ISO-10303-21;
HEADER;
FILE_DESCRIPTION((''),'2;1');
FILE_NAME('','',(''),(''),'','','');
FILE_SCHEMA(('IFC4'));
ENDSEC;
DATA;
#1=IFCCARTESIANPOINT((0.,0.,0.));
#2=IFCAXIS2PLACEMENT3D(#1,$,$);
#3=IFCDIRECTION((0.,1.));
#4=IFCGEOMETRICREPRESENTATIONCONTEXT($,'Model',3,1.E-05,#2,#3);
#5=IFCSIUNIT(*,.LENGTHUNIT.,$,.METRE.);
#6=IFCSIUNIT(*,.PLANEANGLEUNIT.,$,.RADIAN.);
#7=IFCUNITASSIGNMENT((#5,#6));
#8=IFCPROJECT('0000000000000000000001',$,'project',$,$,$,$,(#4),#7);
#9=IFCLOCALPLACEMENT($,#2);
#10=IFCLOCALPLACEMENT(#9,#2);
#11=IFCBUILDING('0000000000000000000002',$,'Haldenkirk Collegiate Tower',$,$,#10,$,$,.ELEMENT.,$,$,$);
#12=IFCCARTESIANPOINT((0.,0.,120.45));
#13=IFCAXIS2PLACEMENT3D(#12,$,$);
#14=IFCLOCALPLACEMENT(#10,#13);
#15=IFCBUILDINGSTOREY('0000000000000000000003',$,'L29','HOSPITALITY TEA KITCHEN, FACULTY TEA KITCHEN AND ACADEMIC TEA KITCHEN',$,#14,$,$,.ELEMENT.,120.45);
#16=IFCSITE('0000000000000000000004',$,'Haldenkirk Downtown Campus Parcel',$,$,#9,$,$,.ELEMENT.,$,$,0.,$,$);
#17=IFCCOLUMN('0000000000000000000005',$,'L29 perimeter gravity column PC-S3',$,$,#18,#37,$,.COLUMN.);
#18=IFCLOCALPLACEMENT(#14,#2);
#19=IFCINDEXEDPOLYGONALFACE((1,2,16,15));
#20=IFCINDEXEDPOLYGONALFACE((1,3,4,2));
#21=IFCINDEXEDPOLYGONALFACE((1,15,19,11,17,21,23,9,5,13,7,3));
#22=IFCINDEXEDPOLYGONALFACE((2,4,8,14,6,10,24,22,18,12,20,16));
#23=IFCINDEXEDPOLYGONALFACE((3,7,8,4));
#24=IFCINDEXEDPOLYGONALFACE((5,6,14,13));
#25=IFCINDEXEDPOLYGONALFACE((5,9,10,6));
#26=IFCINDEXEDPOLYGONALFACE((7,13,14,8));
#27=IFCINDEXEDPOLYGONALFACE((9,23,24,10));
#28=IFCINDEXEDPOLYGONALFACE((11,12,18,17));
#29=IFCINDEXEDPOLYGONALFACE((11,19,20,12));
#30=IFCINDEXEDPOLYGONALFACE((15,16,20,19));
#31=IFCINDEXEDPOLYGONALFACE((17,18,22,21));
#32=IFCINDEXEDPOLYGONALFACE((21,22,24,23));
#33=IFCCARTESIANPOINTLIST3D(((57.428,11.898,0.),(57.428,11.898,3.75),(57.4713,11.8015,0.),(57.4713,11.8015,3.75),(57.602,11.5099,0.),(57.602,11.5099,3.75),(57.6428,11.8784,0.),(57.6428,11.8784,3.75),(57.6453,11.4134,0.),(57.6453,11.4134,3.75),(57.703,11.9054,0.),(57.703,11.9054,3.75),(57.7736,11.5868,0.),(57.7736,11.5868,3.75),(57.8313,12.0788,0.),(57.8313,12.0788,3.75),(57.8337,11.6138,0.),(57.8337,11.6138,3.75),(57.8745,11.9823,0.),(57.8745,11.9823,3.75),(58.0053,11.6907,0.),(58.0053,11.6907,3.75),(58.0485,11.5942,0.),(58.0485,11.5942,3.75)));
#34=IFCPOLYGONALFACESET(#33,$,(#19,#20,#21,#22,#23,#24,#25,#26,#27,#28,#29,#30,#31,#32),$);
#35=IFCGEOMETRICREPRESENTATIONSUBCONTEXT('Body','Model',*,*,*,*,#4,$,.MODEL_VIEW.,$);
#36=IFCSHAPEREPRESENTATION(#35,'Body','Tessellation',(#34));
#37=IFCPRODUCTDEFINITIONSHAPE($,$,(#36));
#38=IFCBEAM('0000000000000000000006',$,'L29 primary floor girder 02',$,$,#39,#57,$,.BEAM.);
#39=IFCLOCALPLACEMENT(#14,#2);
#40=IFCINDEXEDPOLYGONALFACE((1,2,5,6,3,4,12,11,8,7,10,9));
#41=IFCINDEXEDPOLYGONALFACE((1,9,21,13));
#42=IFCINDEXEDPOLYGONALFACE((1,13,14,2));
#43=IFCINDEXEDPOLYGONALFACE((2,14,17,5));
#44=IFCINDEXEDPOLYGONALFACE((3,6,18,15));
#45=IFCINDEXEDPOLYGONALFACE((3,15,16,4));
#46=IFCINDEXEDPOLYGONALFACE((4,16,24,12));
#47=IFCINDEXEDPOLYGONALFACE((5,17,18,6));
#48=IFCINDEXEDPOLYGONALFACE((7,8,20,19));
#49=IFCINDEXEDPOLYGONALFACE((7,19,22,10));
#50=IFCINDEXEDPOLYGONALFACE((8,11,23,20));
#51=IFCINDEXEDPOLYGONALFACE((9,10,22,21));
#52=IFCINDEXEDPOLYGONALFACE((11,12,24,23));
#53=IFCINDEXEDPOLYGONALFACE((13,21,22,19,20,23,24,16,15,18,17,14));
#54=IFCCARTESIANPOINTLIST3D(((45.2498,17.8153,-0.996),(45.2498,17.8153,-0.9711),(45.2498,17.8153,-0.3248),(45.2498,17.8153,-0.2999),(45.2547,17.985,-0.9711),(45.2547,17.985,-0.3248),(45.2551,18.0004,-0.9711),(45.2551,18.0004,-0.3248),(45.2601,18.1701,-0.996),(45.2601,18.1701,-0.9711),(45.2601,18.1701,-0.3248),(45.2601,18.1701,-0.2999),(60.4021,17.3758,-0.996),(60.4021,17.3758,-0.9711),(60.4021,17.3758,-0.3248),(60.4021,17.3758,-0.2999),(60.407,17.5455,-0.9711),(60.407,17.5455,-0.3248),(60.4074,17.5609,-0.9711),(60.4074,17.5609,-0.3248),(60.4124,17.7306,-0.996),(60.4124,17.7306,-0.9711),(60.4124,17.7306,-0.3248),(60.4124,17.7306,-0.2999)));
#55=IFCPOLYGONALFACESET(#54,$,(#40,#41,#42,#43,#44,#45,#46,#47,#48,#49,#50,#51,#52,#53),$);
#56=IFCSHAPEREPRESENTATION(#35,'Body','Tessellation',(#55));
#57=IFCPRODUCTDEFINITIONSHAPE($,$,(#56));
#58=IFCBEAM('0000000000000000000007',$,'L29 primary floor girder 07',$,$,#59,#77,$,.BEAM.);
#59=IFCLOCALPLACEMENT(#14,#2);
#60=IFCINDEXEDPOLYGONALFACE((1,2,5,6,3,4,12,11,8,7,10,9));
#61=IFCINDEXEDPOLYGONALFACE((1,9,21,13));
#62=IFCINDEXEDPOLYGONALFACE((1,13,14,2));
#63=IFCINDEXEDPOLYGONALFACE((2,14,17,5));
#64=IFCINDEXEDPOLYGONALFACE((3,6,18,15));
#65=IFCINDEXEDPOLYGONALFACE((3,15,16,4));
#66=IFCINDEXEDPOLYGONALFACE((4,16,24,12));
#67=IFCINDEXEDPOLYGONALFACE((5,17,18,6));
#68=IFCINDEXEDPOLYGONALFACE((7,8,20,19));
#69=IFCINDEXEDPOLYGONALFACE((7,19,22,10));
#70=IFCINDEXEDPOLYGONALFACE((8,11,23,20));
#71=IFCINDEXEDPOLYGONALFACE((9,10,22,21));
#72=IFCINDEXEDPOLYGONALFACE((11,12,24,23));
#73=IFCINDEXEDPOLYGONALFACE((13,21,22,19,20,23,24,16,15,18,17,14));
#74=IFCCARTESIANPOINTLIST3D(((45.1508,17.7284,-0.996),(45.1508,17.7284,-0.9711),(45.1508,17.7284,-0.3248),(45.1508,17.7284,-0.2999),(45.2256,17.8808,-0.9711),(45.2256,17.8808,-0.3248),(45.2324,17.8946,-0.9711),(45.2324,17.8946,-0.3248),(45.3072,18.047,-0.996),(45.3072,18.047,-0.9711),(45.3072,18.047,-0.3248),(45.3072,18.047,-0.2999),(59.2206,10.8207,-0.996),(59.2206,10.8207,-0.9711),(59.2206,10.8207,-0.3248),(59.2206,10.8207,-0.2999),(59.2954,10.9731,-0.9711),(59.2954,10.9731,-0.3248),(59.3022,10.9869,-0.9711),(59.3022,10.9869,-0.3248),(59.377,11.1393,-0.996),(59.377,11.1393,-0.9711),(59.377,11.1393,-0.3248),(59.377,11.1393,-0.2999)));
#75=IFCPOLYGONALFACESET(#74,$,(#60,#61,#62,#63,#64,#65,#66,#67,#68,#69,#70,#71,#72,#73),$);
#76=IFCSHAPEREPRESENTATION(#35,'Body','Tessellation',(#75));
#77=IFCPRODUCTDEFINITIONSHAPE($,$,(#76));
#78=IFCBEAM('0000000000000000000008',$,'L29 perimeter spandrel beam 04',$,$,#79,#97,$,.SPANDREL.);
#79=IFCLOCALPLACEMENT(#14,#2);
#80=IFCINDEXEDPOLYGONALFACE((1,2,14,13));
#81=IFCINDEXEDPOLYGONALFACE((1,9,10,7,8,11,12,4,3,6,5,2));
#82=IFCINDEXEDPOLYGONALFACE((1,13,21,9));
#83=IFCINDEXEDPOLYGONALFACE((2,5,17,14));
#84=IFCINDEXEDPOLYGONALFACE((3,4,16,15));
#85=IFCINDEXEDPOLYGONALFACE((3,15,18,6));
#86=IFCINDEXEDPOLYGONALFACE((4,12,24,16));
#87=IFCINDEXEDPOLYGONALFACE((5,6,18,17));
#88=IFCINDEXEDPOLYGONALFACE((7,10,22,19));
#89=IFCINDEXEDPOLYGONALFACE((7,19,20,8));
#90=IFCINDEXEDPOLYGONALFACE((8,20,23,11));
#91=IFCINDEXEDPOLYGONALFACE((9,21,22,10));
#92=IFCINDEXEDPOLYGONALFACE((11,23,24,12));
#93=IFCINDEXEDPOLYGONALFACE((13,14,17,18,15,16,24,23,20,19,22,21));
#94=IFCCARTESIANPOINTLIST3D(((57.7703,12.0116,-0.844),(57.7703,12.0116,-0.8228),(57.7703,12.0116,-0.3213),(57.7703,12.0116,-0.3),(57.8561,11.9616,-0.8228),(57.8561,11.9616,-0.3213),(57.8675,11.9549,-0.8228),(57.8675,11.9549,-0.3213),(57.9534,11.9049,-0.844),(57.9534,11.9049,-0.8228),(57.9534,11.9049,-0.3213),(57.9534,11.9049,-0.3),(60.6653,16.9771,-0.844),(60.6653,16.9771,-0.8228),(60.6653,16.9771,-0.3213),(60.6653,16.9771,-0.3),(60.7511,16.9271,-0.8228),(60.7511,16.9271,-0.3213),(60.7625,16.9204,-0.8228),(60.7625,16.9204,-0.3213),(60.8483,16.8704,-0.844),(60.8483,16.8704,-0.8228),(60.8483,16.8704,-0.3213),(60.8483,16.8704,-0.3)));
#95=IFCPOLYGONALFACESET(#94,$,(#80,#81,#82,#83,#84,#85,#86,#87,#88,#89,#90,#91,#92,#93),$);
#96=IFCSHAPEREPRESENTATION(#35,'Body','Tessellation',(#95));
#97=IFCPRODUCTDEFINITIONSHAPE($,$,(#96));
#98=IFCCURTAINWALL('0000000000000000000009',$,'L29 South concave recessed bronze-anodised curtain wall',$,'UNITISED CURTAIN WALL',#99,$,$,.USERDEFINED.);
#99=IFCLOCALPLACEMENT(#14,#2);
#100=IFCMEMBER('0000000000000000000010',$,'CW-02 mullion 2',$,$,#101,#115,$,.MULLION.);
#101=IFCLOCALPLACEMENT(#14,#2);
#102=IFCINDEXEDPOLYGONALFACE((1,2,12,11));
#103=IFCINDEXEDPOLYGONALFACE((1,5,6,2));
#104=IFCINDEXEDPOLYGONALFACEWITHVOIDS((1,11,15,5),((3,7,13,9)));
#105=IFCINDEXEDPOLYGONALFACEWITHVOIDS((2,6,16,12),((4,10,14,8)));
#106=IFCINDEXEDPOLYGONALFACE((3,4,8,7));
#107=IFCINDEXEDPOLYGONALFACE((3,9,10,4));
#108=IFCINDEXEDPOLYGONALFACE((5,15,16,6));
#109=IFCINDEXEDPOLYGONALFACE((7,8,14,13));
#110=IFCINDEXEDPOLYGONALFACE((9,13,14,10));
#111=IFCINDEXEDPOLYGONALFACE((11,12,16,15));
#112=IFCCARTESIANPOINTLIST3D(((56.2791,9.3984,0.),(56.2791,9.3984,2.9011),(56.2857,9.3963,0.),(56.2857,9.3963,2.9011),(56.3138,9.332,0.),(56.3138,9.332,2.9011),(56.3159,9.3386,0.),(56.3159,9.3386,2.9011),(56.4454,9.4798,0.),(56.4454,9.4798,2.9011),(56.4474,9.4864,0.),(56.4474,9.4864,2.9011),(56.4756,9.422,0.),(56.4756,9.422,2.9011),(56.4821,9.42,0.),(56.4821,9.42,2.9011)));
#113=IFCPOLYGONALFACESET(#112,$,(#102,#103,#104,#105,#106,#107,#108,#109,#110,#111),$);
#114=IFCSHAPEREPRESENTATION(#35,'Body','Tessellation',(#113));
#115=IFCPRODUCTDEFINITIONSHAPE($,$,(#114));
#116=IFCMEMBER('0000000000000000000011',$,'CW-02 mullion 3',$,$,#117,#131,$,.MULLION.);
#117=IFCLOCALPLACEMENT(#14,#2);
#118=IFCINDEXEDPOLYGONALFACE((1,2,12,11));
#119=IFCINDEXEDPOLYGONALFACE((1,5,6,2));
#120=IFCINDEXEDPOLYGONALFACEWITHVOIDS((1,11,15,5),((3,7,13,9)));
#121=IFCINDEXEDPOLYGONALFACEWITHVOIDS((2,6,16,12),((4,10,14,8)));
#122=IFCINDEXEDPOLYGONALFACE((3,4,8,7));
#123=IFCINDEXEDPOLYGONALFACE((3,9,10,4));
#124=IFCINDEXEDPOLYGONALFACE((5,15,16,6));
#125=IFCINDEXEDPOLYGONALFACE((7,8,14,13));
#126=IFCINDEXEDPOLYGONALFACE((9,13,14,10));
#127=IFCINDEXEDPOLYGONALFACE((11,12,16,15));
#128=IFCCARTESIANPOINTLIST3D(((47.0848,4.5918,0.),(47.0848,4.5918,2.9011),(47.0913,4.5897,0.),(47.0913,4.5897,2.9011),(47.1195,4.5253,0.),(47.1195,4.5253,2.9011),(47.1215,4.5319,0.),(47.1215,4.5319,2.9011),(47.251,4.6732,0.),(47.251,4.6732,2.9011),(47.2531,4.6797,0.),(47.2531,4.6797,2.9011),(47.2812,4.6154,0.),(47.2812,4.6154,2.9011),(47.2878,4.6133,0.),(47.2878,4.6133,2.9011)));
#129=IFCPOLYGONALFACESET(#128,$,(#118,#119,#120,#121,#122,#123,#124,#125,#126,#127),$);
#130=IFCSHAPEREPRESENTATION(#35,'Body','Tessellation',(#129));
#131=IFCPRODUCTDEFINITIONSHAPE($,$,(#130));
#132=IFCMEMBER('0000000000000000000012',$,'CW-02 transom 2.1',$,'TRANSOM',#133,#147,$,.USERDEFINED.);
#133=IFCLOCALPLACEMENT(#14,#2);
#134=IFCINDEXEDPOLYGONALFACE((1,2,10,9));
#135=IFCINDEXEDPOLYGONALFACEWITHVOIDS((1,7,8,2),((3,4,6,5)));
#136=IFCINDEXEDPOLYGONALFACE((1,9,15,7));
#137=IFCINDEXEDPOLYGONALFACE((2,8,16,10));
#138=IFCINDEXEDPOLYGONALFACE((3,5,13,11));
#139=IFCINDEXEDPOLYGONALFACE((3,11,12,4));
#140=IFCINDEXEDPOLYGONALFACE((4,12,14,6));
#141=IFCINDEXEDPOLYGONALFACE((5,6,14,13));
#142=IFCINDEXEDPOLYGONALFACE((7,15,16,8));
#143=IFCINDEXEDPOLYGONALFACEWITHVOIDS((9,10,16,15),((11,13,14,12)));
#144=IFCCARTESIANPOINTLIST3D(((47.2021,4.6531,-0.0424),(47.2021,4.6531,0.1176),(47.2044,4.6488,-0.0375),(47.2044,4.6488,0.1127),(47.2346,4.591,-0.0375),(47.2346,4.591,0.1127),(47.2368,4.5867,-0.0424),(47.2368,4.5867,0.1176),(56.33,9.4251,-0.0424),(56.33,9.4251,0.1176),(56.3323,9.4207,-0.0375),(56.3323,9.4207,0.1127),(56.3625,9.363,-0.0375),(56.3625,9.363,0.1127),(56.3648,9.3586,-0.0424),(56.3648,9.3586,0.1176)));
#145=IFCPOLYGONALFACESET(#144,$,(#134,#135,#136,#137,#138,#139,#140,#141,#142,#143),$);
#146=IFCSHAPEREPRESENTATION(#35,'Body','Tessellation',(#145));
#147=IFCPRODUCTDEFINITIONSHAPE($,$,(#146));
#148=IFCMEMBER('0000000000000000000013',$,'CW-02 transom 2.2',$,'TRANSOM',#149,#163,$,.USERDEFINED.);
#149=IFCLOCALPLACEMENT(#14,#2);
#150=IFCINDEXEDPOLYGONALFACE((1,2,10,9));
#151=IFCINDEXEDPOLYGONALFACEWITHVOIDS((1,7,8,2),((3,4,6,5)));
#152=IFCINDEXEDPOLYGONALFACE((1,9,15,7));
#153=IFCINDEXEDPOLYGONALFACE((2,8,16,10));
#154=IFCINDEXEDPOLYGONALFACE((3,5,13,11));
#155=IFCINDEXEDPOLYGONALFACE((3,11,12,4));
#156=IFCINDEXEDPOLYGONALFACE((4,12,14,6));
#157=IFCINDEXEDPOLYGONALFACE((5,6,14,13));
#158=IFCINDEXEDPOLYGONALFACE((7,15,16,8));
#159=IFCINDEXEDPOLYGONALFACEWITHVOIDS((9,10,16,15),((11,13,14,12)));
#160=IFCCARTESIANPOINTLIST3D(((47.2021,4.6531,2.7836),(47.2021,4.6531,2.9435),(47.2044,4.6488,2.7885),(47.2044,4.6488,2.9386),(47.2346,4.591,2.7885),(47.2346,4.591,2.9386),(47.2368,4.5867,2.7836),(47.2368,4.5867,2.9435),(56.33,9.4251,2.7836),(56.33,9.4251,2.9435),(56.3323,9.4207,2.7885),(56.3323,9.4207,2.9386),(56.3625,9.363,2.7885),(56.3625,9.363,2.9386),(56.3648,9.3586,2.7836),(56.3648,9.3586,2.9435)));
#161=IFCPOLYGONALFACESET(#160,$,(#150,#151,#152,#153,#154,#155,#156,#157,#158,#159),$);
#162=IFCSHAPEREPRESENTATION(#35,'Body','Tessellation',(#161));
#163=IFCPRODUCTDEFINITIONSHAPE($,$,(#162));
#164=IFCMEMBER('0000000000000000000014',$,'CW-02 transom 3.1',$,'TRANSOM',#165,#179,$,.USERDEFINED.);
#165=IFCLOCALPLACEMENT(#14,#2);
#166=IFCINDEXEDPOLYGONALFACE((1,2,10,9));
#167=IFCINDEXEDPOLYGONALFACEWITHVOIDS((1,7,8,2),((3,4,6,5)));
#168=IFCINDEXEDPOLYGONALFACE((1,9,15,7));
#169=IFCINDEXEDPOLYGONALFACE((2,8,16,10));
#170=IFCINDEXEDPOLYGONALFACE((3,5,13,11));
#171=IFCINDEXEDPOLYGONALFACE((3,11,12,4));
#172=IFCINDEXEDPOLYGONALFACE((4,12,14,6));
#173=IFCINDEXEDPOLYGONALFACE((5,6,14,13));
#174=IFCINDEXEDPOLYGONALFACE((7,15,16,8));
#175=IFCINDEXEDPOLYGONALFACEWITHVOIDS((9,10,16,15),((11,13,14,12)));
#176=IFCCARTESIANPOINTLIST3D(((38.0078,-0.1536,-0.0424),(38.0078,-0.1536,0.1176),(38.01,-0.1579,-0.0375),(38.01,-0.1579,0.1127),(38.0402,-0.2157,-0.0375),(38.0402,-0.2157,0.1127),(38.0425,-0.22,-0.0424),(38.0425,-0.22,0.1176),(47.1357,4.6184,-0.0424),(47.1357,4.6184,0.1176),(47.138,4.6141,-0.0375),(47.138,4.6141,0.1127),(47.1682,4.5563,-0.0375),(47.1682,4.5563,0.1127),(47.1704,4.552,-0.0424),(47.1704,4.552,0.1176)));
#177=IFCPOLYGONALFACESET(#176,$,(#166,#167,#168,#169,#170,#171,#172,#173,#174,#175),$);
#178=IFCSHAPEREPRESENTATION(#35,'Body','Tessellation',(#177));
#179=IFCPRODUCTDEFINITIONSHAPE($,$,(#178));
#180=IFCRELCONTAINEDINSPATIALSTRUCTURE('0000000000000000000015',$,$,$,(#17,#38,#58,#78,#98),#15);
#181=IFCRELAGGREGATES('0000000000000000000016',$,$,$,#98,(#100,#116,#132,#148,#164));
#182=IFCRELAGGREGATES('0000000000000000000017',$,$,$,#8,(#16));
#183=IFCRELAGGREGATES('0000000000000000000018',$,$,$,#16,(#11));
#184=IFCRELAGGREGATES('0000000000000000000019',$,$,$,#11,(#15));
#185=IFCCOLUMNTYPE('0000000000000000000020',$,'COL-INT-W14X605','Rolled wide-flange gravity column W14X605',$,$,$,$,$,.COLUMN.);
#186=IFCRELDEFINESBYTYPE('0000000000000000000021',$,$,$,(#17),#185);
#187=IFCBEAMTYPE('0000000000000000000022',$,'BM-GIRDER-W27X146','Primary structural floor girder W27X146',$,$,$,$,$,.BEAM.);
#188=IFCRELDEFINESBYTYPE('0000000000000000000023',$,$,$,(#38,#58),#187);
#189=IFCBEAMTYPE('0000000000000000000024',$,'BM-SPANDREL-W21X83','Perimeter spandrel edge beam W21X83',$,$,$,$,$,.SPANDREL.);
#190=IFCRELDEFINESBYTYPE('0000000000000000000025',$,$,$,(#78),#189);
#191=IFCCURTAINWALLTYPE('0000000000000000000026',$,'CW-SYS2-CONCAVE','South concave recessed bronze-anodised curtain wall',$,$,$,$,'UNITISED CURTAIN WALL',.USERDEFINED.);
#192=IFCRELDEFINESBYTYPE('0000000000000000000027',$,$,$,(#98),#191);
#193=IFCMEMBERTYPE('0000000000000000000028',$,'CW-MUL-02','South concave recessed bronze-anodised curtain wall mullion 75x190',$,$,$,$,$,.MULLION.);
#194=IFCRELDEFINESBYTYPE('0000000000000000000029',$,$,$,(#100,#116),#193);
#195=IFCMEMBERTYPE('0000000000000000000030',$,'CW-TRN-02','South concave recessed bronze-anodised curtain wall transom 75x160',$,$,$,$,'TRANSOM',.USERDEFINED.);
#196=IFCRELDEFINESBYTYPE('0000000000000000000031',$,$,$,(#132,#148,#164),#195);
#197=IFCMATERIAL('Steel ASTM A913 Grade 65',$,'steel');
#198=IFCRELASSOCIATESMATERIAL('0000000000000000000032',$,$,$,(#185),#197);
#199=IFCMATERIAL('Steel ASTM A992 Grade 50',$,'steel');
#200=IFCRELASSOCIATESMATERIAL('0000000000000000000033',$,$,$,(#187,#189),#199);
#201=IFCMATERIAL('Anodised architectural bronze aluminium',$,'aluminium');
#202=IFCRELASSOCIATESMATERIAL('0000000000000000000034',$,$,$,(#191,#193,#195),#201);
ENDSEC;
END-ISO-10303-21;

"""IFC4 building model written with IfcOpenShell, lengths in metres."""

from ifc_helpers import new_model, si_unit, direction, frame, origin, origin_2d, place, context, subcontext, project, spatial, hollow_rectangle, i_section, extrude, material, material_profile, profile_set, type_object, element, aggregate, save


model = new_model("IFC4")

# Units and contexts
model_context = context("Model", 3, precision=1e-05, world=origin(), true_north=direction((0.0, 1.0)))
body_context = subcontext(model_context, "Body", "Model", "MODEL_VIEW")
ifc_project = project(units=[si_unit("LENGTHUNIT", "METRE"), si_unit("PLANEANGLEUNIT", "RADIAN")], contexts=[model_context])

# Site, building, storey
site_placement = place(None, origin())
site = spatial("IfcSite", under=ifc_project, at=site_placement, Name="Haldenkirk Downtown Campus Parcel", CompositionType="ELEMENT", RefElevation=0.0)
building_placement = place(site_placement, origin())
building = spatial("IfcBuilding", under=site, at=building_placement, Name="Haldenkirk Collegiate Tower", CompositionType="ELEMENT")
storey_placement = place(building_placement, frame((0.0, 0.0, 120.45)))
storey = spatial("IfcBuildingStorey", under=building, at=storey_placement, Name="L29", Description="HOSPITALITY TEA KITCHEN, FACULTY TEA KITCHEN AND ACADEMIC TEA KITCHEN", CompositionType="ELEMENT", Elevation=120.45)

# Column
ifc_material_1 = material(Name="Steel ASTM A913 Grade 65", Category="steel")
ifc_material_profile_1 = material_profile(ifc_material_1, i_section(OverallWidth=0.4419, OverallDepth=0.531, WebThickness=0.0659, FlangeThickness=0.1057, at=origin_2d()), Name="W14X605")
ifc_profile_set_1 = profile_set([ifc_material_profile_1], Name="Steel ASTM A913 Grade 65")
column_type = type_object("IfcColumnType", Name="COL-INT-W14X605", Description="Rolled wide-flange gravity column W14X605", PredefinedType="COLUMN", material=ifc_profile_set_1)
column_placement = place(storey_placement, frame((57.7383, 11.7461, 0.0), z_axis=(0.0, 0.0, 1.0), x_axis=(0.912477, 0.409127, 0.0)))
element("IfcColumn", 1, at=column_placement, inside=storey, type_object=column_type, Name="L29 perimeter gravity column PC-S3", PredefinedType="COLUMN", context=body_context, shape_type="SweptSolid", body=[
    extrude(i_section(OverallWidth=0.4419, OverallDepth=0.531, WebThickness=0.0659, FlangeThickness=0.1057, at=origin_2d()), origin(), (0.0, 0.0, 1.0), 3.75),
])

# Beams
ifc_material_2 = material(Name="Steel ASTM A992 Grade 50", Category="steel")
ifc_material_profile_2 = material_profile(ifc_material_2, i_section(OverallWidth=0.355, OverallDepth=0.696, WebThickness=0.0154, FlangeThickness=0.0249, at=origin_2d()), Name="W27X146")
ifc_profile_set_2 = profile_set([ifc_material_profile_2], Name="Steel ASTM A992 Grade 50")
beam_type_1 = type_object("IfcBeamType", Name="BM-GIRDER-W27X146", Description="Primary structural floor girder W27X146", PredefinedType="BEAM", material=ifc_profile_set_2)
beam_1_placement = place(storey_placement, frame((60.4072, 17.5532, -0.6479), z_axis=(-0.99958, 0.02899, 0.0), x_axis=(-0.02899, -0.99958, 0.0)))
element("IfcBeam", 2, at=beam_1_placement, inside=storey, type_object=beam_type_1, Name="L29 primary floor girder 02", PredefinedType="BEAM", context=body_context, shape_type="SweptSolid", body=[
    extrude(i_section(OverallWidth=0.355, OverallDepth=0.696, WebThickness=0.0154, FlangeThickness=0.0249, at=origin_2d()), origin(), (0.0, 0.0, 1.0), 15.1587),
])
beam_2_placement = place(storey_placement, frame((59.2988, 10.98, -0.6479), z_axis=(-0.89765, 0.44071, 0.0), x_axis=(-0.44071, -0.89765, 0.0)))
element("IfcBeam", 3, at=beam_2_placement, inside=storey, type_object=beam_type_1, Name="L29 primary floor girder 07", PredefinedType="BEAM", context=body_context, shape_type="SweptSolid", body=[
    extrude(i_section(OverallWidth=0.355, OverallDepth=0.696, WebThickness=0.0154, FlangeThickness=0.0249, at=origin_2d()), origin(), (0.0, 0.0, 1.0), 15.6741),
])
ifc_material_profile_3 = material_profile(ifc_material_2, i_section(OverallWidth=0.2119, OverallDepth=0.5439, WebThickness=0.0132, FlangeThickness=0.0212, at=origin_2d()), Name="W21X83")
ifc_profile_set_3 = profile_set([ifc_material_profile_3], Name="Steel ASTM A992 Grade 50")
beam_type_2 = type_object("IfcBeamType", Name="BM-SPANDREL-W21X83", Description="Perimeter spandrel edge beam W21X83", PredefinedType="SPANDREL", material=ifc_profile_set_3)
beam_3_placement = place(storey_placement, frame((57.8618, 11.9583, -0.572), z_axis=(0.503668, 0.863897, 0.0), x_axis=(-0.863897, 0.503668, 0.0)))
element("IfcBeam", 4, at=beam_3_placement, inside=storey, type_object=beam_type_2, Name="L29 perimeter spandrel beam 04", PredefinedType="SPANDREL", context=body_context, shape_type="SweptSolid", body=[
    extrude(i_section(OverallWidth=0.2119, OverallDepth=0.5439, WebThickness=0.0132, FlangeThickness=0.0212, at=origin_2d()), origin(), (0.0, 0.0, 1.0), 5.7478),
])

# Curtain wall, members
ifc_material_3 = material(Name="Anodised architectural bronze aluminium", Category="aluminium")
curtain_wall_type = type_object("IfcCurtainWallType", Name="CW-SYS2-CONCAVE", Description="South concave recessed bronze-anodised curtain wall", ElementType="UNITISED CURTAIN WALL", PredefinedType="USERDEFINED", material=ifc_material_3)
curtain_wall_placement = place(storey_placement, origin())
curtain_wall = element("IfcCurtainWall", 5, at=curtain_wall_placement, inside=storey, type_object=curtain_wall_type, Name="L29 South concave recessed bronze-anodised curtain wall", ObjectType="UNITISED CURTAIN WALL", PredefinedType="USERDEFINED")
ifc_material_profile_4 = material_profile(ifc_material_3, hollow_rectangle(XDim=0.075, YDim=0.1899, WallThickness=0.0049, at=origin_2d()), Name="CW-MUL-02")
ifc_profile_set_4 = profile_set([ifc_material_profile_4], Name="Anodised architectural bronze aluminium")
member_type_1 = type_object("IfcMemberType", Name="CW-MUL-02", Description="South concave recessed bronze-anodised curtain wall mullion 75x190", PredefinedType="MULLION", material=ifc_profile_set_4)
member_1_placement = place(storey_placement, frame((56.3806, 9.4092, 0.0), z_axis=(0.0, 0.0, 1.0), x_axis=(0.463297, -0.886203, 0.0)))
member_1 = element("IfcMember", 6, at=member_1_placement, type_object=member_type_1, Name="CW-02 mullion 2", PredefinedType="MULLION", context=body_context, shape_type="SweptSolid", body=[
    extrude(hollow_rectangle(XDim=0.075, YDim=0.1899, WallThickness=0.0049, at=origin_2d()), origin(), (0.0, 0.0, 1.0), 2.9011),
])
member_2_placement = place(storey_placement, frame((47.1863, 4.6025, 0.0), z_axis=(0.0, 0.0, 1.0), x_axis=(0.463297, -0.886203, 0.0)))
member_2 = element("IfcMember", 7, at=member_2_placement, type_object=member_type_1, Name="CW-02 mullion 3", PredefinedType="MULLION", context=body_context, shape_type="SweptSolid", body=[
    extrude(hollow_rectangle(XDim=0.075, YDim=0.1899, WallThickness=0.0049, at=origin_2d()), origin(), (0.0, 0.0, 1.0), 2.9011),
])
ifc_material_profile_5 = material_profile(ifc_material_3, hollow_rectangle(XDim=0.075, YDim=0.1599, WallThickness=0.0049, at=origin_2d()), Name="CW-TRN-02")
ifc_profile_set_5 = profile_set([ifc_material_profile_5], Name="Anodised architectural bronze aluminium")
member_type_2 = type_object("IfcMemberType", Name="CW-TRN-02", Description="South concave recessed bronze-anodised curtain wall transom 75x160", ElementType="TRANSOM", PredefinedType="USERDEFINED", material=ifc_profile_set_5)
member_3_placement = place(storey_placement, frame((56.3474, 9.3918, 0.0376), z_axis=(-0.886203, -0.463297, 0.0), x_axis=(0.463297, -0.886203, 0.0)))
member_3 = element("IfcMember", 8, at=member_3_placement, type_object=member_type_2, Name="CW-02 transom 2.1", ObjectType="TRANSOM", PredefinedType="USERDEFINED", context=body_context, shape_type="SweptSolid", body=[
    extrude(hollow_rectangle(XDim=0.075, YDim=0.1599, WallThickness=0.0049, at=origin_2d()), origin(), (0.0, 0.0, 1.0), 10.3),
])
member_4_placement = place(storey_placement, frame((56.3474, 9.3918, 2.8635), z_axis=(-0.886203, -0.463297, 0.0), x_axis=(0.463297, -0.886203, 0.0)))
member_4 = element("IfcMember", 9, at=member_4_placement, type_object=member_type_2, Name="CW-02 transom 2.2", ObjectType="TRANSOM", PredefinedType="USERDEFINED", context=body_context, shape_type="SweptSolid", body=[
    extrude(hollow_rectangle(XDim=0.075, YDim=0.1599, WallThickness=0.0049, at=origin_2d()), origin(), (0.0, 0.0, 1.0), 10.3),
])
member_5_placement = place(storey_placement, frame((47.1531, 4.5852, 0.0376), z_axis=(-0.886203, -0.463297, 0.0), x_axis=(0.463297, -0.886203, 0.0)))
member_5 = element("IfcMember", 10, at=member_5_placement, type_object=member_type_2, Name="CW-02 transom 3.1", ObjectType="TRANSOM", PredefinedType="USERDEFINED", context=body_context, shape_type="SweptSolid", body=[
    extrude(hollow_rectangle(XDim=0.075, YDim=0.1599, WallThickness=0.0049, at=origin_2d()), origin(), (0.0, 0.0, 1.0), 10.3),
])
aggregate(curtain_wall, [member_1, member_2, member_3, member_4, member_5])

save(model, "model.ifc")
